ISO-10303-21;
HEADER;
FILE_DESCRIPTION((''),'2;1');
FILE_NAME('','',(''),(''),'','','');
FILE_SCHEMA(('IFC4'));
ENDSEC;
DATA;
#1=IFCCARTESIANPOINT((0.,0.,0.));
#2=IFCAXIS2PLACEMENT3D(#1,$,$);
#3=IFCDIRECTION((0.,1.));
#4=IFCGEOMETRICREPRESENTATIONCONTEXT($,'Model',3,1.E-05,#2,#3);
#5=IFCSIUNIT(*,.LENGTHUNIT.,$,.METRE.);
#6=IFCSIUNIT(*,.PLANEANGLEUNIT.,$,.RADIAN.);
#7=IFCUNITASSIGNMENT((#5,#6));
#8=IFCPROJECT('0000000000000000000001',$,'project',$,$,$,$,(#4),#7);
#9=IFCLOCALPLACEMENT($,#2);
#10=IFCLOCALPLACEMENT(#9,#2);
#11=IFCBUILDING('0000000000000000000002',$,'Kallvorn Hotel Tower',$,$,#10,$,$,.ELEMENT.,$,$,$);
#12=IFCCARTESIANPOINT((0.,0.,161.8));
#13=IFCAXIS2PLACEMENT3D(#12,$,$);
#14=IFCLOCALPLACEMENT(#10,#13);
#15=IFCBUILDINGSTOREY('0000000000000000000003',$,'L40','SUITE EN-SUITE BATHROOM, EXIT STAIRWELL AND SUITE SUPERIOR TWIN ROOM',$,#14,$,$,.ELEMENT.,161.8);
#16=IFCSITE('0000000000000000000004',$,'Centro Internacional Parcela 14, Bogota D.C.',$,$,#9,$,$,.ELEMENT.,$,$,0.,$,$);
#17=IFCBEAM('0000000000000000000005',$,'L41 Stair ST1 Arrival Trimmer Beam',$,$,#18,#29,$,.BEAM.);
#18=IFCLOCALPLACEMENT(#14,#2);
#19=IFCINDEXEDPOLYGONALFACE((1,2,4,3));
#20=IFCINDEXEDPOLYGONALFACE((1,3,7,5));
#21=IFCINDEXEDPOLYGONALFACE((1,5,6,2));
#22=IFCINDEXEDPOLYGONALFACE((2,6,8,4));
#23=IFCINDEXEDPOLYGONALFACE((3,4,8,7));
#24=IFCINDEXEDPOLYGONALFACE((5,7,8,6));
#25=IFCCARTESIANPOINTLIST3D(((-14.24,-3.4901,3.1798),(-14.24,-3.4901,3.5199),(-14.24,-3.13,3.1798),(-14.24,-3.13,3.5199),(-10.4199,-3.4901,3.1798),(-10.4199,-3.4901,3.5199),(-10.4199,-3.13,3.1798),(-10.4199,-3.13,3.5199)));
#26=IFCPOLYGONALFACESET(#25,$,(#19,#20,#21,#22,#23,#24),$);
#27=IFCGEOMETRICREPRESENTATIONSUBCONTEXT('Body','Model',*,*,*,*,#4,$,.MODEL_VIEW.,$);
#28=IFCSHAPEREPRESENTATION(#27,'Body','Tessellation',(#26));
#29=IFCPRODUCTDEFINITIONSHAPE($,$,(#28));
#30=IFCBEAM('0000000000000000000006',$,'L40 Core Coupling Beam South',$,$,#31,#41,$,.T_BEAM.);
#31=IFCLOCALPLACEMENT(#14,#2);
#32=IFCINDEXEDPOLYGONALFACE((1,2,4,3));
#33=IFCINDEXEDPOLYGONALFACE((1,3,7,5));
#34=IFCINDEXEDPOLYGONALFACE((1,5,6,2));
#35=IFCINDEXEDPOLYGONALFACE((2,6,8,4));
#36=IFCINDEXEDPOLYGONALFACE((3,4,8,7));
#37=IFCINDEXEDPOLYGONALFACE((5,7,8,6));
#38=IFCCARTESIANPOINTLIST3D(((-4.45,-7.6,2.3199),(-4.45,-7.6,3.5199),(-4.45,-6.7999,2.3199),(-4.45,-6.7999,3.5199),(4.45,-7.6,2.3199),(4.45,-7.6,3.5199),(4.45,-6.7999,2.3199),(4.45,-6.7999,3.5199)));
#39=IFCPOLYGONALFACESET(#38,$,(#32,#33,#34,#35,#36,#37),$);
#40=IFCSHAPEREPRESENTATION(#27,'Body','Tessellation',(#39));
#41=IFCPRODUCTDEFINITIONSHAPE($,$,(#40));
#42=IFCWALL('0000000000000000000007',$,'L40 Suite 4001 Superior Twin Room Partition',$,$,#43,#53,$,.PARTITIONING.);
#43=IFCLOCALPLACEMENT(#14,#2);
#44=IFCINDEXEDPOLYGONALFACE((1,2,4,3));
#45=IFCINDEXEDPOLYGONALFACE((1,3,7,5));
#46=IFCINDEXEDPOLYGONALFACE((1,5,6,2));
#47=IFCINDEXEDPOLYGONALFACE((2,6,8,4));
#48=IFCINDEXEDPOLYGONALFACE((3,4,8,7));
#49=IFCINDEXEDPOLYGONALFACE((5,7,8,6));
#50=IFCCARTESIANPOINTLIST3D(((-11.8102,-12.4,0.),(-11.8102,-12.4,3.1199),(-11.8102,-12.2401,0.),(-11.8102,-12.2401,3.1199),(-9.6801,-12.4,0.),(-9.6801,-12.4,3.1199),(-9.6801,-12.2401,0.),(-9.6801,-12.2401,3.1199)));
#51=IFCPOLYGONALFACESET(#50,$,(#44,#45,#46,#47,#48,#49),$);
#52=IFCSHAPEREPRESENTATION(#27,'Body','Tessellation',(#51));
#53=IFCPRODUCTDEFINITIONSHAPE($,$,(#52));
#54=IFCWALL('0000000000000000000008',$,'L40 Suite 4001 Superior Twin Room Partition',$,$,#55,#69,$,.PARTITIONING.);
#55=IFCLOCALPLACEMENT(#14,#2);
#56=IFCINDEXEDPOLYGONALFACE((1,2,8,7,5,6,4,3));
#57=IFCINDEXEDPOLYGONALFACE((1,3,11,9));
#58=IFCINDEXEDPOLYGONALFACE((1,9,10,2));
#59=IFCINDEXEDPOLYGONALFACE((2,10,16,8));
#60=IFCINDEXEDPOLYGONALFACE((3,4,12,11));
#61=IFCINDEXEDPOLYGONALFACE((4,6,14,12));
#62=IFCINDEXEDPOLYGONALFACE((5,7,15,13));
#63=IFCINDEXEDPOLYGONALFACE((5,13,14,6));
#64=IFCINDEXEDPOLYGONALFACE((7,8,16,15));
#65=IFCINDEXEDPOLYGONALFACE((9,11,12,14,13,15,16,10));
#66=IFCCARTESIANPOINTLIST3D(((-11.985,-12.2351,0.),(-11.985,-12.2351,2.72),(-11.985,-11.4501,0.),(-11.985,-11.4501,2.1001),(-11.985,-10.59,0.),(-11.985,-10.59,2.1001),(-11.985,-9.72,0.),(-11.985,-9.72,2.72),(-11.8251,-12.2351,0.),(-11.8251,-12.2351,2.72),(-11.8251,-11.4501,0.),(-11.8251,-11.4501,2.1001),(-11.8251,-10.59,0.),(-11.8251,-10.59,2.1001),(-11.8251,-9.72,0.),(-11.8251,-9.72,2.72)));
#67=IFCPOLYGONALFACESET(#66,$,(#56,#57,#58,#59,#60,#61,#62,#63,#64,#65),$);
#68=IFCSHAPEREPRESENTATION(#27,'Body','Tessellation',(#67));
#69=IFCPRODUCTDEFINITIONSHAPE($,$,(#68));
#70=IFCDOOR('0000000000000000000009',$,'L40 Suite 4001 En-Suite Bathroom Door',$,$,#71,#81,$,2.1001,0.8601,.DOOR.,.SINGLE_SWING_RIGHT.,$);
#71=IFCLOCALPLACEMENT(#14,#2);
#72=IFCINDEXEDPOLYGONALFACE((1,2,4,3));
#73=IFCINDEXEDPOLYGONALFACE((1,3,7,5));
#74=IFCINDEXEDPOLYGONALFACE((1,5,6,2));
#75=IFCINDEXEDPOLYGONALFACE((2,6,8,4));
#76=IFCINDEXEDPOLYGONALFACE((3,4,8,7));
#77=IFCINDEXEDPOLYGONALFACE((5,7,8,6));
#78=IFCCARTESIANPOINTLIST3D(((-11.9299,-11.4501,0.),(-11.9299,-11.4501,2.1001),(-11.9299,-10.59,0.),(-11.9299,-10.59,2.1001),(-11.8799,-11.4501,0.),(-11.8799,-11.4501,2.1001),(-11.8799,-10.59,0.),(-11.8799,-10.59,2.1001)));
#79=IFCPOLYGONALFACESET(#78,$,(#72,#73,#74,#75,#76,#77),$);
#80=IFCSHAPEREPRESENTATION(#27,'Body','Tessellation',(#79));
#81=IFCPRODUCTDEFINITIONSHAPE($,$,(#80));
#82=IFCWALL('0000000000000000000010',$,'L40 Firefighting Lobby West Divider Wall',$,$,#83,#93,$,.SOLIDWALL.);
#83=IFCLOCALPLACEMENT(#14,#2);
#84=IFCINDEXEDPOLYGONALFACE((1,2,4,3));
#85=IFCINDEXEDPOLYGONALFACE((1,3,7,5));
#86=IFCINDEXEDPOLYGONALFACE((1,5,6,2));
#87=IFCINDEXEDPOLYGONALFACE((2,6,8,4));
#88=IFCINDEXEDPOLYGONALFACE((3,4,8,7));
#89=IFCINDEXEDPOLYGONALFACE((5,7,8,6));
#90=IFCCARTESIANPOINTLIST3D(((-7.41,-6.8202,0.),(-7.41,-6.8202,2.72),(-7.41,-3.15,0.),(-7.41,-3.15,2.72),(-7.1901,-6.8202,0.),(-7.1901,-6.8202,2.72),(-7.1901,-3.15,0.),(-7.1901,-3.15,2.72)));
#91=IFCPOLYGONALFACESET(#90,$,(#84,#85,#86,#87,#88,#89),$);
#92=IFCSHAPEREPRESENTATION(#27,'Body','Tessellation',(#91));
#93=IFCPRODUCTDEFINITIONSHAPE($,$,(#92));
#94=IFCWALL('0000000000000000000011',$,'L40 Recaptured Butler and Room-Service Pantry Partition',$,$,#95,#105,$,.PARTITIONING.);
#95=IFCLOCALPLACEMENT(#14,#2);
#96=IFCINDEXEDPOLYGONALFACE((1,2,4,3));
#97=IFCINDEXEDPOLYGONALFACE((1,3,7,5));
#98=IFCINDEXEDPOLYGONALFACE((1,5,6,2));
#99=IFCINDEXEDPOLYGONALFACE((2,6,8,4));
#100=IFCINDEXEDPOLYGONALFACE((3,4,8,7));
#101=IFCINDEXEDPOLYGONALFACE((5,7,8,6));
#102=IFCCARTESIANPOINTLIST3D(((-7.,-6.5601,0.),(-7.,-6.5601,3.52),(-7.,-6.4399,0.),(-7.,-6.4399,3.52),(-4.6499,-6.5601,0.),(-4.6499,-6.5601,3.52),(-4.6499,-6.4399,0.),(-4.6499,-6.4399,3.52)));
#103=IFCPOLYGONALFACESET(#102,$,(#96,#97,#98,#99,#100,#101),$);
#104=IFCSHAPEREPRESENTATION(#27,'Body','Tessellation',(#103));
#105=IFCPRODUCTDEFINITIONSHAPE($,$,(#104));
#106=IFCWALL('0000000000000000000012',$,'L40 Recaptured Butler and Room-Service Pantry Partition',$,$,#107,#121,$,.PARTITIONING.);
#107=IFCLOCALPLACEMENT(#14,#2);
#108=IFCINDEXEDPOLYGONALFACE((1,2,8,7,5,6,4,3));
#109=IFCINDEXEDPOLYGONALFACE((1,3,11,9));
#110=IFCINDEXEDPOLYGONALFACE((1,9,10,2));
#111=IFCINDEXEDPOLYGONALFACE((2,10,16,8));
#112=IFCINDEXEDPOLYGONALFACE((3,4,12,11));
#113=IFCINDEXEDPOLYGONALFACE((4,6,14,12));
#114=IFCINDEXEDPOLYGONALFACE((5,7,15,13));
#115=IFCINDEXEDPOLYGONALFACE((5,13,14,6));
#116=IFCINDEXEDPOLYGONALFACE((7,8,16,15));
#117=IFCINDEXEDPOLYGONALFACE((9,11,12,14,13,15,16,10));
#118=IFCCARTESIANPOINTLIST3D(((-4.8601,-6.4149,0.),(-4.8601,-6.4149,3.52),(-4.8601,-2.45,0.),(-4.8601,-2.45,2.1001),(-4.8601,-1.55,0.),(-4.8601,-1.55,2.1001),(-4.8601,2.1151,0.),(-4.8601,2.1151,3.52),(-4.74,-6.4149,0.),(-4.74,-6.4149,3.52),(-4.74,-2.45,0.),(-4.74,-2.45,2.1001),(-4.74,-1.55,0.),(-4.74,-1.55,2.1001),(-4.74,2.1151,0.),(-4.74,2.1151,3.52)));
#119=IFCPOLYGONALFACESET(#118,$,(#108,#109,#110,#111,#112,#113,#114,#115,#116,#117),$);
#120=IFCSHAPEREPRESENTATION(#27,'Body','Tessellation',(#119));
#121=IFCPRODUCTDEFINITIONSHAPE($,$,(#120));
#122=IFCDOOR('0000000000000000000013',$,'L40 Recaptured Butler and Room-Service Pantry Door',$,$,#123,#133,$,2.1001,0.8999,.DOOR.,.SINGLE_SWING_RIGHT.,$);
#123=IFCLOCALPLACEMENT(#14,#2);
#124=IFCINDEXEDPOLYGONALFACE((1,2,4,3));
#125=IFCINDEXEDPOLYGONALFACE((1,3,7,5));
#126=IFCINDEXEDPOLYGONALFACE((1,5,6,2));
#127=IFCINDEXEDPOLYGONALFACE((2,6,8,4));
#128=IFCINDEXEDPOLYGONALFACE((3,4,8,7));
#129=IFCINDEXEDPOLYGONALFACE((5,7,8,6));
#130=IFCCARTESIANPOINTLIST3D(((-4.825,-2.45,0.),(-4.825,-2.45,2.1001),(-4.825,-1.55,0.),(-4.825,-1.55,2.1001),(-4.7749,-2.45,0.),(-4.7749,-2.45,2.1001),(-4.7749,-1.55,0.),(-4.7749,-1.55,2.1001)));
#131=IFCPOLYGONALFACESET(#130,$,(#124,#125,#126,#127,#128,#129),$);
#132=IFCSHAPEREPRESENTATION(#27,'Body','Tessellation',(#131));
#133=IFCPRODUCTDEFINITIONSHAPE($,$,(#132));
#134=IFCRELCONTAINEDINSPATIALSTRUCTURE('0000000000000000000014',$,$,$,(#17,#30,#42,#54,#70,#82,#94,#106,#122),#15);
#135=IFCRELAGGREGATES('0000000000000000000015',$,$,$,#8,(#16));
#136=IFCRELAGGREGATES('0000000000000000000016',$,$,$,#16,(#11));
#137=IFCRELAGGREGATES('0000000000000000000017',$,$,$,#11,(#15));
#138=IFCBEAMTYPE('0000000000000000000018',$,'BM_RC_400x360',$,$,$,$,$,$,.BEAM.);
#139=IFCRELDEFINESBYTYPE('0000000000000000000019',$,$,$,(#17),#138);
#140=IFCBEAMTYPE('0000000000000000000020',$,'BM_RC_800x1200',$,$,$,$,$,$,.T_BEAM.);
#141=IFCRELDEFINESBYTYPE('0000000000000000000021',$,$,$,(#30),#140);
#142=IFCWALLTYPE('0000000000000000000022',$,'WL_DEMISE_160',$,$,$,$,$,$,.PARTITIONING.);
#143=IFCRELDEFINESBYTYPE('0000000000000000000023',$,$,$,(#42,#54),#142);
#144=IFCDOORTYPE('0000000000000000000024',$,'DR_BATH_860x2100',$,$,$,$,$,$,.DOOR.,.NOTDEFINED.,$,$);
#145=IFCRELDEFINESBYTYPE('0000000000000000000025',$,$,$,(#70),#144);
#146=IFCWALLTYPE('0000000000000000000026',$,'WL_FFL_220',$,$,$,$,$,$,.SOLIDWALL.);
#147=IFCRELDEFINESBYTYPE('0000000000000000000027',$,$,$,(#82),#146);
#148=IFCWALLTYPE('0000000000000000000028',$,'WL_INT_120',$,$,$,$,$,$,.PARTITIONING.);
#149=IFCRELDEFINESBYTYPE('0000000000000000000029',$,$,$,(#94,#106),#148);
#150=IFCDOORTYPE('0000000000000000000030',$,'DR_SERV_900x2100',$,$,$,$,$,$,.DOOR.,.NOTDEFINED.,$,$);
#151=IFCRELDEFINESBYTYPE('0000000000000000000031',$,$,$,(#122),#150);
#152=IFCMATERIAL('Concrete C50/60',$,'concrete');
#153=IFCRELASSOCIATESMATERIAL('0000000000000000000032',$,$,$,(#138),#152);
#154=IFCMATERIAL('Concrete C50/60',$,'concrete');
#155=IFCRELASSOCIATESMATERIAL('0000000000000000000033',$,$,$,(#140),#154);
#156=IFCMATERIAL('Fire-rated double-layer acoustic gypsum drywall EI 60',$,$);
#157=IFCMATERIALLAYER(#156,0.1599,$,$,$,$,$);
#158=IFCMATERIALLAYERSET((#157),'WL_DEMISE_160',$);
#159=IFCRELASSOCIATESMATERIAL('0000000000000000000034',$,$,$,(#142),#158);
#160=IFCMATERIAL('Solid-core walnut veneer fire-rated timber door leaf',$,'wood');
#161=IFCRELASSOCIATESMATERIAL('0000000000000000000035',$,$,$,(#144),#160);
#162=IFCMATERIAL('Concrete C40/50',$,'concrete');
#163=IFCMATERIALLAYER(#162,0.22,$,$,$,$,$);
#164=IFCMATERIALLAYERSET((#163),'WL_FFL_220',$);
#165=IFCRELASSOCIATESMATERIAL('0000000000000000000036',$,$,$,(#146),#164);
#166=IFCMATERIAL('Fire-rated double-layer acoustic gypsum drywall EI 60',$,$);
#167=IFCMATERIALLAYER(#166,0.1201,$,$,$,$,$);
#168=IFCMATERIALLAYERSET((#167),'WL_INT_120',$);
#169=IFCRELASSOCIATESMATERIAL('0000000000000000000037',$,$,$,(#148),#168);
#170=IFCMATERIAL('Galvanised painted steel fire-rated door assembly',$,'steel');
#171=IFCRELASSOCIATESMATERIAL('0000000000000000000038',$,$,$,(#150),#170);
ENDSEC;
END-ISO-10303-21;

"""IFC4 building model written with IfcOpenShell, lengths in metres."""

from ifc_helpers import new_model, si_unit, direction, frame, frame_2d, origin, origin_2d, place, context, subcontext, project, spatial, rectangle, extrude, material, layer, layer_set, material_profile, profile_set, type_object, element, fill, save


model = new_model("IFC4")

# Units and contexts
model_context = context("Model", 3, precision=1e-05, world=origin(), true_north=direction((0.0, 1.0)))
body_context = subcontext(model_context, "Body", "Model", "MODEL_VIEW")
ifc_project = project(units=[si_unit("LENGTHUNIT", "METRE"), si_unit("PLANEANGLEUNIT", "RADIAN")], contexts=[model_context])

# Site, building, storey
site_placement = place(None, origin())
site = spatial("IfcSite", under=ifc_project, at=site_placement, Name="Centro Internacional Parcela 14, Bogota D.C.", CompositionType="ELEMENT", RefElevation=0.0)
building_placement = place(site_placement, origin())
building = spatial("IfcBuilding", under=site, at=building_placement, Name="Kallvorn Hotel Tower", CompositionType="ELEMENT")
storey_placement = place(building_placement, frame((0.0, 0.0, 161.8)))
storey = spatial("IfcBuildingStorey", under=building, at=storey_placement, Name="L40", Description="SUITE EN-SUITE BATHROOM, EXIT STAIRWELL AND SUITE SUPERIOR TWIN ROOM", CompositionType="ELEMENT", Elevation=161.8)

# Beams
ifc_material_1 = material(Name="Concrete C50/60", Category="concrete")
ifc_material_profile_1 = material_profile(ifc_material_1, rectangle(XDim=0.3601, YDim=0.3401, at=origin_2d()), Name="RC 360x340")
ifc_profile_set_1 = profile_set([ifc_material_profile_1], Name="Concrete C50/60")
beam_type_1 = type_object("IfcBeamType", Name="BM_RC_400x360", PredefinedType="BEAM", material=ifc_profile_set_1)
beam_1_placement = place(storey_placement, frame((-10.4199, -3.3101, 3.3499), z_axis=(-1.0, 0.0, 0.0), x_axis=(0.0, -1.0, 0.0)))
element("IfcBeam", 1, at=beam_1_placement, inside=storey, type_object=beam_type_1, Name="L41 Stair ST1 Arrival Trimmer Beam", PredefinedType="BEAM", context=body_context, shape_type="SweptSolid", body=[
    extrude(rectangle(XDim=0.3601, YDim=0.3401, at=origin_2d()), origin(), (0.0, 0.0, 1.0), 3.8201),
])
ifc_material_2 = material(Name="Concrete C50/60", Category="concrete")
ifc_material_profile_2 = material_profile(ifc_material_2, rectangle(XDim=0.8, YDim=1.2, at=origin_2d()), Name="RC 800x1200")
ifc_profile_set_2 = profile_set([ifc_material_profile_2], Name="Concrete C50/60")
beam_type_2 = type_object("IfcBeamType", Name="BM_RC_800x1200", PredefinedType="T_BEAM", material=ifc_profile_set_2)
beam_2_placement = place(storey_placement, frame((-4.45, -7.2, 2.9199), z_axis=(1.0, 0.0, 0.0), x_axis=(0.0, 1.0, 0.0)))
element("IfcBeam", 2, at=beam_2_placement, inside=storey, type_object=beam_type_2, Name="L40 Core Coupling Beam South", PredefinedType="T_BEAM", context=body_context, shape_type="SweptSolid", body=[
    extrude(rectangle(XDim=0.8, YDim=1.2, at=origin_2d()), origin(), (0.0, 0.0, 1.0), 8.8999),
])

# Wall
ifc_material_3 = material(Name="Fire-rated double-layer acoustic gypsum drywall EI 60")
ifc_layer_1 = layer(ifc_material_3, 0.1599)
ifc_layer_set_1 = layer_set([ifc_layer_1], Name="WL_DEMISE_160")
wall_type_1 = type_object("IfcWallType", Name="WL_DEMISE_160", PredefinedType="PARTITIONING", material=ifc_layer_set_1)
wall_1_placement = place(storey_placement, frame((-11.8101, -12.3201, 0.0), z_axis=(0.0, 0.0, 1.0), x_axis=(1.0, 0.0, 0.0)))
element("IfcWall", 3, at=wall_1_placement, inside=storey, type_object=wall_type_1, Name="L40 Suite 4001 Superior Twin Room Partition", PredefinedType="PARTITIONING", context=body_context, shape_type="SweptSolid", body=[
    extrude(rectangle(XDim=2.1301, YDim=0.1599, at=frame_2d((1.0649, 0.0))), origin(), (0.0, 0.0, 1.0), 3.1199),
])

# Wall, opening, door
wall_2_placement = place(storey_placement, frame((-11.905, -12.2351, 0.0), z_axis=(0.0, 0.0, 1.0), x_axis=(0.0, 1.0, 0.0)))
wall_2 = element("IfcWall", 4, at=wall_2_placement, inside=storey, type_object=wall_type_1, Name="L40 Suite 4001 Superior Twin Room Partition", PredefinedType="PARTITIONING", context=body_context, shape_type="SweptSolid", body=[
    extrude(rectangle(XDim=2.5151, YDim=0.1599, at=frame_2d((1.2576, 0.0))), origin(), (0.0, 0.0, 1.0), 2.72),
])
opening_1_placement = place(wall_2_placement, frame((0.7849, 0.0, 0.0)))
opening_1 = element("IfcOpeningElement", 5, at=opening_1_placement, cuts=wall_2, PredefinedType="OPENING", context=body_context, shape_type="SweptSolid", body=[
    extrude(rectangle(XDim=0.8601, YDim=2.1001, at=frame_2d((0.4302, 1.05))), frame((0.0, 0.095, 0.0), z_axis=(0.0, -1.0, 0.0), x_axis=(1.0, 0.0, 0.0)), (0.0, 0.0, 1.0), 0.1899),
])
ifc_material_4 = material(Name="Solid-core walnut veneer fire-rated timber door leaf", Category="wood")
door_type_1 = type_object("IfcDoorType", Name="DR_BATH_860x2100", OperationType="NOTDEFINED", PredefinedType="DOOR", material=ifc_material_4)
door_1_placement = place(opening_1_placement, origin())
door_1 = element("IfcDoor", 6, at=door_1_placement, inside=storey, type_object=door_type_1, Name="L40 Suite 4001 En-Suite Bathroom Door", OperationType="SINGLE_SWING_RIGHT", OverallHeight=2.1001, OverallWidth=0.8601, PredefinedType="DOOR", context=body_context, shape_type="SweptSolid", body=[
    extrude(rectangle(XDim=0.8601, YDim=2.1001, at=frame_2d((0.4302, 1.05))), frame((0.0, 0.0249, 0.0), z_axis=(0.0, -1.0, 0.0), x_axis=(1.0, 0.0, 0.0)), (0.0, 0.0, 1.0), 0.05),
])
fill(opening_1, door_1)

# Walls
ifc_material_5 = material(Name="Concrete C40/50", Category="concrete")
ifc_layer_2 = layer(ifc_material_5, 0.22)
ifc_layer_set_2 = layer_set([ifc_layer_2], Name="WL_FFL_220")
wall_type_2 = type_object("IfcWallType", Name="WL_FFL_220", PredefinedType="SOLIDWALL", material=ifc_layer_set_2)
wall_3_placement = place(storey_placement, frame((-7.3, -6.8201, 0.0), z_axis=(0.0, 0.0, 1.0), x_axis=(0.0, 1.0, 0.0)))
element("IfcWall", 7, at=wall_3_placement, inside=storey, type_object=wall_type_2, Name="L40 Firefighting Lobby West Divider Wall", PredefinedType="SOLIDWALL", context=body_context, shape_type="SweptSolid", body=[
    extrude(rectangle(XDim=3.6702, YDim=0.22, at=frame_2d((1.835, 0.0))), origin(), (0.0, 0.0, 1.0), 2.72),
])
ifc_material_6 = material(Name="Fire-rated double-layer acoustic gypsum drywall EI 60")
ifc_layer_3 = layer(ifc_material_6, 0.1201)
ifc_layer_set_3 = layer_set([ifc_layer_3], Name="WL_INT_120")
wall_type_3 = type_object("IfcWallType", Name="WL_INT_120", PredefinedType="PARTITIONING", material=ifc_layer_set_3)
wall_4_placement = place(storey_placement, frame((-7.0, -6.5, 0.0), z_axis=(0.0, 0.0, 1.0), x_axis=(1.0, 0.0, 0.0)))
element("IfcWall", 8, at=wall_4_placement, inside=storey, type_object=wall_type_3, Name="L40 Recaptured Butler and Room-Service Pantry Partition", PredefinedType="PARTITIONING", context=body_context, shape_type="SweptSolid", body=[
    extrude(rectangle(XDim=2.3501, YDim=0.1201, at=frame_2d((1.175, 0.0))), origin(), (0.0, 0.0, 1.0), 3.52),
])

# Wall, opening, door
wall_5_placement = place(storey_placement, frame((-4.8, -6.415, 0.0), z_axis=(0.0, 0.0, 1.0), x_axis=(0.0, 1.0, 0.0)))
wall_5 = element("IfcWall", 9, at=wall_5_placement, inside=storey, type_object=wall_type_3, Name="L40 Recaptured Butler and Room-Service Pantry Partition", PredefinedType="PARTITIONING", context=body_context, shape_type="SweptSolid", body=[
    extrude(rectangle(XDim=8.53, YDim=0.1201, at=frame_2d((4.2651, 0.0))), origin(), (0.0, 0.0, 1.0), 3.52),
])
opening_2_placement = place(wall_5_placement, frame((3.9651, 0.0, 0.0)))
opening_2 = element("IfcOpeningElement", 10, at=opening_2_placement, cuts=wall_5, PredefinedType="OPENING", context=body_context, shape_type="SweptSolid", body=[
    extrude(rectangle(XDim=0.8999, YDim=2.1001, at=frame_2d((0.45, 1.05))), frame((0.0, 0.075, 0.0), z_axis=(0.0, -1.0, 0.0), x_axis=(1.0, 0.0, 0.0)), (0.0, 0.0, 1.0), 0.1501),
])
ifc_material_7 = material(Name="Galvanised painted steel fire-rated door assembly", Category="steel")
door_type_2 = type_object("IfcDoorType", Name="DR_SERV_900x2100", OperationType="NOTDEFINED", PredefinedType="DOOR", material=ifc_material_7)
door_2_placement = place(opening_2_placement, origin())
door_2 = element("IfcDoor", 11, at=door_2_placement, inside=storey, type_object=door_type_2, Name="L40 Recaptured Butler and Room-Service Pantry Door", OperationType="SINGLE_SWING_RIGHT", OverallHeight=2.1001, OverallWidth=0.8999, PredefinedType="DOOR", context=body_context, shape_type="SweptSolid", body=[
    extrude(rectangle(XDim=0.8999, YDim=2.1001, at=frame_2d((0.45, 1.05))), frame((0.0, 0.0249, 0.0), z_axis=(0.0, -1.0, 0.0), x_axis=(1.0, 0.0, 0.0)), (0.0, 0.0, 1.0), 0.05),
])
fill(opening_2, door_2)

save(model, "model.ifc")
